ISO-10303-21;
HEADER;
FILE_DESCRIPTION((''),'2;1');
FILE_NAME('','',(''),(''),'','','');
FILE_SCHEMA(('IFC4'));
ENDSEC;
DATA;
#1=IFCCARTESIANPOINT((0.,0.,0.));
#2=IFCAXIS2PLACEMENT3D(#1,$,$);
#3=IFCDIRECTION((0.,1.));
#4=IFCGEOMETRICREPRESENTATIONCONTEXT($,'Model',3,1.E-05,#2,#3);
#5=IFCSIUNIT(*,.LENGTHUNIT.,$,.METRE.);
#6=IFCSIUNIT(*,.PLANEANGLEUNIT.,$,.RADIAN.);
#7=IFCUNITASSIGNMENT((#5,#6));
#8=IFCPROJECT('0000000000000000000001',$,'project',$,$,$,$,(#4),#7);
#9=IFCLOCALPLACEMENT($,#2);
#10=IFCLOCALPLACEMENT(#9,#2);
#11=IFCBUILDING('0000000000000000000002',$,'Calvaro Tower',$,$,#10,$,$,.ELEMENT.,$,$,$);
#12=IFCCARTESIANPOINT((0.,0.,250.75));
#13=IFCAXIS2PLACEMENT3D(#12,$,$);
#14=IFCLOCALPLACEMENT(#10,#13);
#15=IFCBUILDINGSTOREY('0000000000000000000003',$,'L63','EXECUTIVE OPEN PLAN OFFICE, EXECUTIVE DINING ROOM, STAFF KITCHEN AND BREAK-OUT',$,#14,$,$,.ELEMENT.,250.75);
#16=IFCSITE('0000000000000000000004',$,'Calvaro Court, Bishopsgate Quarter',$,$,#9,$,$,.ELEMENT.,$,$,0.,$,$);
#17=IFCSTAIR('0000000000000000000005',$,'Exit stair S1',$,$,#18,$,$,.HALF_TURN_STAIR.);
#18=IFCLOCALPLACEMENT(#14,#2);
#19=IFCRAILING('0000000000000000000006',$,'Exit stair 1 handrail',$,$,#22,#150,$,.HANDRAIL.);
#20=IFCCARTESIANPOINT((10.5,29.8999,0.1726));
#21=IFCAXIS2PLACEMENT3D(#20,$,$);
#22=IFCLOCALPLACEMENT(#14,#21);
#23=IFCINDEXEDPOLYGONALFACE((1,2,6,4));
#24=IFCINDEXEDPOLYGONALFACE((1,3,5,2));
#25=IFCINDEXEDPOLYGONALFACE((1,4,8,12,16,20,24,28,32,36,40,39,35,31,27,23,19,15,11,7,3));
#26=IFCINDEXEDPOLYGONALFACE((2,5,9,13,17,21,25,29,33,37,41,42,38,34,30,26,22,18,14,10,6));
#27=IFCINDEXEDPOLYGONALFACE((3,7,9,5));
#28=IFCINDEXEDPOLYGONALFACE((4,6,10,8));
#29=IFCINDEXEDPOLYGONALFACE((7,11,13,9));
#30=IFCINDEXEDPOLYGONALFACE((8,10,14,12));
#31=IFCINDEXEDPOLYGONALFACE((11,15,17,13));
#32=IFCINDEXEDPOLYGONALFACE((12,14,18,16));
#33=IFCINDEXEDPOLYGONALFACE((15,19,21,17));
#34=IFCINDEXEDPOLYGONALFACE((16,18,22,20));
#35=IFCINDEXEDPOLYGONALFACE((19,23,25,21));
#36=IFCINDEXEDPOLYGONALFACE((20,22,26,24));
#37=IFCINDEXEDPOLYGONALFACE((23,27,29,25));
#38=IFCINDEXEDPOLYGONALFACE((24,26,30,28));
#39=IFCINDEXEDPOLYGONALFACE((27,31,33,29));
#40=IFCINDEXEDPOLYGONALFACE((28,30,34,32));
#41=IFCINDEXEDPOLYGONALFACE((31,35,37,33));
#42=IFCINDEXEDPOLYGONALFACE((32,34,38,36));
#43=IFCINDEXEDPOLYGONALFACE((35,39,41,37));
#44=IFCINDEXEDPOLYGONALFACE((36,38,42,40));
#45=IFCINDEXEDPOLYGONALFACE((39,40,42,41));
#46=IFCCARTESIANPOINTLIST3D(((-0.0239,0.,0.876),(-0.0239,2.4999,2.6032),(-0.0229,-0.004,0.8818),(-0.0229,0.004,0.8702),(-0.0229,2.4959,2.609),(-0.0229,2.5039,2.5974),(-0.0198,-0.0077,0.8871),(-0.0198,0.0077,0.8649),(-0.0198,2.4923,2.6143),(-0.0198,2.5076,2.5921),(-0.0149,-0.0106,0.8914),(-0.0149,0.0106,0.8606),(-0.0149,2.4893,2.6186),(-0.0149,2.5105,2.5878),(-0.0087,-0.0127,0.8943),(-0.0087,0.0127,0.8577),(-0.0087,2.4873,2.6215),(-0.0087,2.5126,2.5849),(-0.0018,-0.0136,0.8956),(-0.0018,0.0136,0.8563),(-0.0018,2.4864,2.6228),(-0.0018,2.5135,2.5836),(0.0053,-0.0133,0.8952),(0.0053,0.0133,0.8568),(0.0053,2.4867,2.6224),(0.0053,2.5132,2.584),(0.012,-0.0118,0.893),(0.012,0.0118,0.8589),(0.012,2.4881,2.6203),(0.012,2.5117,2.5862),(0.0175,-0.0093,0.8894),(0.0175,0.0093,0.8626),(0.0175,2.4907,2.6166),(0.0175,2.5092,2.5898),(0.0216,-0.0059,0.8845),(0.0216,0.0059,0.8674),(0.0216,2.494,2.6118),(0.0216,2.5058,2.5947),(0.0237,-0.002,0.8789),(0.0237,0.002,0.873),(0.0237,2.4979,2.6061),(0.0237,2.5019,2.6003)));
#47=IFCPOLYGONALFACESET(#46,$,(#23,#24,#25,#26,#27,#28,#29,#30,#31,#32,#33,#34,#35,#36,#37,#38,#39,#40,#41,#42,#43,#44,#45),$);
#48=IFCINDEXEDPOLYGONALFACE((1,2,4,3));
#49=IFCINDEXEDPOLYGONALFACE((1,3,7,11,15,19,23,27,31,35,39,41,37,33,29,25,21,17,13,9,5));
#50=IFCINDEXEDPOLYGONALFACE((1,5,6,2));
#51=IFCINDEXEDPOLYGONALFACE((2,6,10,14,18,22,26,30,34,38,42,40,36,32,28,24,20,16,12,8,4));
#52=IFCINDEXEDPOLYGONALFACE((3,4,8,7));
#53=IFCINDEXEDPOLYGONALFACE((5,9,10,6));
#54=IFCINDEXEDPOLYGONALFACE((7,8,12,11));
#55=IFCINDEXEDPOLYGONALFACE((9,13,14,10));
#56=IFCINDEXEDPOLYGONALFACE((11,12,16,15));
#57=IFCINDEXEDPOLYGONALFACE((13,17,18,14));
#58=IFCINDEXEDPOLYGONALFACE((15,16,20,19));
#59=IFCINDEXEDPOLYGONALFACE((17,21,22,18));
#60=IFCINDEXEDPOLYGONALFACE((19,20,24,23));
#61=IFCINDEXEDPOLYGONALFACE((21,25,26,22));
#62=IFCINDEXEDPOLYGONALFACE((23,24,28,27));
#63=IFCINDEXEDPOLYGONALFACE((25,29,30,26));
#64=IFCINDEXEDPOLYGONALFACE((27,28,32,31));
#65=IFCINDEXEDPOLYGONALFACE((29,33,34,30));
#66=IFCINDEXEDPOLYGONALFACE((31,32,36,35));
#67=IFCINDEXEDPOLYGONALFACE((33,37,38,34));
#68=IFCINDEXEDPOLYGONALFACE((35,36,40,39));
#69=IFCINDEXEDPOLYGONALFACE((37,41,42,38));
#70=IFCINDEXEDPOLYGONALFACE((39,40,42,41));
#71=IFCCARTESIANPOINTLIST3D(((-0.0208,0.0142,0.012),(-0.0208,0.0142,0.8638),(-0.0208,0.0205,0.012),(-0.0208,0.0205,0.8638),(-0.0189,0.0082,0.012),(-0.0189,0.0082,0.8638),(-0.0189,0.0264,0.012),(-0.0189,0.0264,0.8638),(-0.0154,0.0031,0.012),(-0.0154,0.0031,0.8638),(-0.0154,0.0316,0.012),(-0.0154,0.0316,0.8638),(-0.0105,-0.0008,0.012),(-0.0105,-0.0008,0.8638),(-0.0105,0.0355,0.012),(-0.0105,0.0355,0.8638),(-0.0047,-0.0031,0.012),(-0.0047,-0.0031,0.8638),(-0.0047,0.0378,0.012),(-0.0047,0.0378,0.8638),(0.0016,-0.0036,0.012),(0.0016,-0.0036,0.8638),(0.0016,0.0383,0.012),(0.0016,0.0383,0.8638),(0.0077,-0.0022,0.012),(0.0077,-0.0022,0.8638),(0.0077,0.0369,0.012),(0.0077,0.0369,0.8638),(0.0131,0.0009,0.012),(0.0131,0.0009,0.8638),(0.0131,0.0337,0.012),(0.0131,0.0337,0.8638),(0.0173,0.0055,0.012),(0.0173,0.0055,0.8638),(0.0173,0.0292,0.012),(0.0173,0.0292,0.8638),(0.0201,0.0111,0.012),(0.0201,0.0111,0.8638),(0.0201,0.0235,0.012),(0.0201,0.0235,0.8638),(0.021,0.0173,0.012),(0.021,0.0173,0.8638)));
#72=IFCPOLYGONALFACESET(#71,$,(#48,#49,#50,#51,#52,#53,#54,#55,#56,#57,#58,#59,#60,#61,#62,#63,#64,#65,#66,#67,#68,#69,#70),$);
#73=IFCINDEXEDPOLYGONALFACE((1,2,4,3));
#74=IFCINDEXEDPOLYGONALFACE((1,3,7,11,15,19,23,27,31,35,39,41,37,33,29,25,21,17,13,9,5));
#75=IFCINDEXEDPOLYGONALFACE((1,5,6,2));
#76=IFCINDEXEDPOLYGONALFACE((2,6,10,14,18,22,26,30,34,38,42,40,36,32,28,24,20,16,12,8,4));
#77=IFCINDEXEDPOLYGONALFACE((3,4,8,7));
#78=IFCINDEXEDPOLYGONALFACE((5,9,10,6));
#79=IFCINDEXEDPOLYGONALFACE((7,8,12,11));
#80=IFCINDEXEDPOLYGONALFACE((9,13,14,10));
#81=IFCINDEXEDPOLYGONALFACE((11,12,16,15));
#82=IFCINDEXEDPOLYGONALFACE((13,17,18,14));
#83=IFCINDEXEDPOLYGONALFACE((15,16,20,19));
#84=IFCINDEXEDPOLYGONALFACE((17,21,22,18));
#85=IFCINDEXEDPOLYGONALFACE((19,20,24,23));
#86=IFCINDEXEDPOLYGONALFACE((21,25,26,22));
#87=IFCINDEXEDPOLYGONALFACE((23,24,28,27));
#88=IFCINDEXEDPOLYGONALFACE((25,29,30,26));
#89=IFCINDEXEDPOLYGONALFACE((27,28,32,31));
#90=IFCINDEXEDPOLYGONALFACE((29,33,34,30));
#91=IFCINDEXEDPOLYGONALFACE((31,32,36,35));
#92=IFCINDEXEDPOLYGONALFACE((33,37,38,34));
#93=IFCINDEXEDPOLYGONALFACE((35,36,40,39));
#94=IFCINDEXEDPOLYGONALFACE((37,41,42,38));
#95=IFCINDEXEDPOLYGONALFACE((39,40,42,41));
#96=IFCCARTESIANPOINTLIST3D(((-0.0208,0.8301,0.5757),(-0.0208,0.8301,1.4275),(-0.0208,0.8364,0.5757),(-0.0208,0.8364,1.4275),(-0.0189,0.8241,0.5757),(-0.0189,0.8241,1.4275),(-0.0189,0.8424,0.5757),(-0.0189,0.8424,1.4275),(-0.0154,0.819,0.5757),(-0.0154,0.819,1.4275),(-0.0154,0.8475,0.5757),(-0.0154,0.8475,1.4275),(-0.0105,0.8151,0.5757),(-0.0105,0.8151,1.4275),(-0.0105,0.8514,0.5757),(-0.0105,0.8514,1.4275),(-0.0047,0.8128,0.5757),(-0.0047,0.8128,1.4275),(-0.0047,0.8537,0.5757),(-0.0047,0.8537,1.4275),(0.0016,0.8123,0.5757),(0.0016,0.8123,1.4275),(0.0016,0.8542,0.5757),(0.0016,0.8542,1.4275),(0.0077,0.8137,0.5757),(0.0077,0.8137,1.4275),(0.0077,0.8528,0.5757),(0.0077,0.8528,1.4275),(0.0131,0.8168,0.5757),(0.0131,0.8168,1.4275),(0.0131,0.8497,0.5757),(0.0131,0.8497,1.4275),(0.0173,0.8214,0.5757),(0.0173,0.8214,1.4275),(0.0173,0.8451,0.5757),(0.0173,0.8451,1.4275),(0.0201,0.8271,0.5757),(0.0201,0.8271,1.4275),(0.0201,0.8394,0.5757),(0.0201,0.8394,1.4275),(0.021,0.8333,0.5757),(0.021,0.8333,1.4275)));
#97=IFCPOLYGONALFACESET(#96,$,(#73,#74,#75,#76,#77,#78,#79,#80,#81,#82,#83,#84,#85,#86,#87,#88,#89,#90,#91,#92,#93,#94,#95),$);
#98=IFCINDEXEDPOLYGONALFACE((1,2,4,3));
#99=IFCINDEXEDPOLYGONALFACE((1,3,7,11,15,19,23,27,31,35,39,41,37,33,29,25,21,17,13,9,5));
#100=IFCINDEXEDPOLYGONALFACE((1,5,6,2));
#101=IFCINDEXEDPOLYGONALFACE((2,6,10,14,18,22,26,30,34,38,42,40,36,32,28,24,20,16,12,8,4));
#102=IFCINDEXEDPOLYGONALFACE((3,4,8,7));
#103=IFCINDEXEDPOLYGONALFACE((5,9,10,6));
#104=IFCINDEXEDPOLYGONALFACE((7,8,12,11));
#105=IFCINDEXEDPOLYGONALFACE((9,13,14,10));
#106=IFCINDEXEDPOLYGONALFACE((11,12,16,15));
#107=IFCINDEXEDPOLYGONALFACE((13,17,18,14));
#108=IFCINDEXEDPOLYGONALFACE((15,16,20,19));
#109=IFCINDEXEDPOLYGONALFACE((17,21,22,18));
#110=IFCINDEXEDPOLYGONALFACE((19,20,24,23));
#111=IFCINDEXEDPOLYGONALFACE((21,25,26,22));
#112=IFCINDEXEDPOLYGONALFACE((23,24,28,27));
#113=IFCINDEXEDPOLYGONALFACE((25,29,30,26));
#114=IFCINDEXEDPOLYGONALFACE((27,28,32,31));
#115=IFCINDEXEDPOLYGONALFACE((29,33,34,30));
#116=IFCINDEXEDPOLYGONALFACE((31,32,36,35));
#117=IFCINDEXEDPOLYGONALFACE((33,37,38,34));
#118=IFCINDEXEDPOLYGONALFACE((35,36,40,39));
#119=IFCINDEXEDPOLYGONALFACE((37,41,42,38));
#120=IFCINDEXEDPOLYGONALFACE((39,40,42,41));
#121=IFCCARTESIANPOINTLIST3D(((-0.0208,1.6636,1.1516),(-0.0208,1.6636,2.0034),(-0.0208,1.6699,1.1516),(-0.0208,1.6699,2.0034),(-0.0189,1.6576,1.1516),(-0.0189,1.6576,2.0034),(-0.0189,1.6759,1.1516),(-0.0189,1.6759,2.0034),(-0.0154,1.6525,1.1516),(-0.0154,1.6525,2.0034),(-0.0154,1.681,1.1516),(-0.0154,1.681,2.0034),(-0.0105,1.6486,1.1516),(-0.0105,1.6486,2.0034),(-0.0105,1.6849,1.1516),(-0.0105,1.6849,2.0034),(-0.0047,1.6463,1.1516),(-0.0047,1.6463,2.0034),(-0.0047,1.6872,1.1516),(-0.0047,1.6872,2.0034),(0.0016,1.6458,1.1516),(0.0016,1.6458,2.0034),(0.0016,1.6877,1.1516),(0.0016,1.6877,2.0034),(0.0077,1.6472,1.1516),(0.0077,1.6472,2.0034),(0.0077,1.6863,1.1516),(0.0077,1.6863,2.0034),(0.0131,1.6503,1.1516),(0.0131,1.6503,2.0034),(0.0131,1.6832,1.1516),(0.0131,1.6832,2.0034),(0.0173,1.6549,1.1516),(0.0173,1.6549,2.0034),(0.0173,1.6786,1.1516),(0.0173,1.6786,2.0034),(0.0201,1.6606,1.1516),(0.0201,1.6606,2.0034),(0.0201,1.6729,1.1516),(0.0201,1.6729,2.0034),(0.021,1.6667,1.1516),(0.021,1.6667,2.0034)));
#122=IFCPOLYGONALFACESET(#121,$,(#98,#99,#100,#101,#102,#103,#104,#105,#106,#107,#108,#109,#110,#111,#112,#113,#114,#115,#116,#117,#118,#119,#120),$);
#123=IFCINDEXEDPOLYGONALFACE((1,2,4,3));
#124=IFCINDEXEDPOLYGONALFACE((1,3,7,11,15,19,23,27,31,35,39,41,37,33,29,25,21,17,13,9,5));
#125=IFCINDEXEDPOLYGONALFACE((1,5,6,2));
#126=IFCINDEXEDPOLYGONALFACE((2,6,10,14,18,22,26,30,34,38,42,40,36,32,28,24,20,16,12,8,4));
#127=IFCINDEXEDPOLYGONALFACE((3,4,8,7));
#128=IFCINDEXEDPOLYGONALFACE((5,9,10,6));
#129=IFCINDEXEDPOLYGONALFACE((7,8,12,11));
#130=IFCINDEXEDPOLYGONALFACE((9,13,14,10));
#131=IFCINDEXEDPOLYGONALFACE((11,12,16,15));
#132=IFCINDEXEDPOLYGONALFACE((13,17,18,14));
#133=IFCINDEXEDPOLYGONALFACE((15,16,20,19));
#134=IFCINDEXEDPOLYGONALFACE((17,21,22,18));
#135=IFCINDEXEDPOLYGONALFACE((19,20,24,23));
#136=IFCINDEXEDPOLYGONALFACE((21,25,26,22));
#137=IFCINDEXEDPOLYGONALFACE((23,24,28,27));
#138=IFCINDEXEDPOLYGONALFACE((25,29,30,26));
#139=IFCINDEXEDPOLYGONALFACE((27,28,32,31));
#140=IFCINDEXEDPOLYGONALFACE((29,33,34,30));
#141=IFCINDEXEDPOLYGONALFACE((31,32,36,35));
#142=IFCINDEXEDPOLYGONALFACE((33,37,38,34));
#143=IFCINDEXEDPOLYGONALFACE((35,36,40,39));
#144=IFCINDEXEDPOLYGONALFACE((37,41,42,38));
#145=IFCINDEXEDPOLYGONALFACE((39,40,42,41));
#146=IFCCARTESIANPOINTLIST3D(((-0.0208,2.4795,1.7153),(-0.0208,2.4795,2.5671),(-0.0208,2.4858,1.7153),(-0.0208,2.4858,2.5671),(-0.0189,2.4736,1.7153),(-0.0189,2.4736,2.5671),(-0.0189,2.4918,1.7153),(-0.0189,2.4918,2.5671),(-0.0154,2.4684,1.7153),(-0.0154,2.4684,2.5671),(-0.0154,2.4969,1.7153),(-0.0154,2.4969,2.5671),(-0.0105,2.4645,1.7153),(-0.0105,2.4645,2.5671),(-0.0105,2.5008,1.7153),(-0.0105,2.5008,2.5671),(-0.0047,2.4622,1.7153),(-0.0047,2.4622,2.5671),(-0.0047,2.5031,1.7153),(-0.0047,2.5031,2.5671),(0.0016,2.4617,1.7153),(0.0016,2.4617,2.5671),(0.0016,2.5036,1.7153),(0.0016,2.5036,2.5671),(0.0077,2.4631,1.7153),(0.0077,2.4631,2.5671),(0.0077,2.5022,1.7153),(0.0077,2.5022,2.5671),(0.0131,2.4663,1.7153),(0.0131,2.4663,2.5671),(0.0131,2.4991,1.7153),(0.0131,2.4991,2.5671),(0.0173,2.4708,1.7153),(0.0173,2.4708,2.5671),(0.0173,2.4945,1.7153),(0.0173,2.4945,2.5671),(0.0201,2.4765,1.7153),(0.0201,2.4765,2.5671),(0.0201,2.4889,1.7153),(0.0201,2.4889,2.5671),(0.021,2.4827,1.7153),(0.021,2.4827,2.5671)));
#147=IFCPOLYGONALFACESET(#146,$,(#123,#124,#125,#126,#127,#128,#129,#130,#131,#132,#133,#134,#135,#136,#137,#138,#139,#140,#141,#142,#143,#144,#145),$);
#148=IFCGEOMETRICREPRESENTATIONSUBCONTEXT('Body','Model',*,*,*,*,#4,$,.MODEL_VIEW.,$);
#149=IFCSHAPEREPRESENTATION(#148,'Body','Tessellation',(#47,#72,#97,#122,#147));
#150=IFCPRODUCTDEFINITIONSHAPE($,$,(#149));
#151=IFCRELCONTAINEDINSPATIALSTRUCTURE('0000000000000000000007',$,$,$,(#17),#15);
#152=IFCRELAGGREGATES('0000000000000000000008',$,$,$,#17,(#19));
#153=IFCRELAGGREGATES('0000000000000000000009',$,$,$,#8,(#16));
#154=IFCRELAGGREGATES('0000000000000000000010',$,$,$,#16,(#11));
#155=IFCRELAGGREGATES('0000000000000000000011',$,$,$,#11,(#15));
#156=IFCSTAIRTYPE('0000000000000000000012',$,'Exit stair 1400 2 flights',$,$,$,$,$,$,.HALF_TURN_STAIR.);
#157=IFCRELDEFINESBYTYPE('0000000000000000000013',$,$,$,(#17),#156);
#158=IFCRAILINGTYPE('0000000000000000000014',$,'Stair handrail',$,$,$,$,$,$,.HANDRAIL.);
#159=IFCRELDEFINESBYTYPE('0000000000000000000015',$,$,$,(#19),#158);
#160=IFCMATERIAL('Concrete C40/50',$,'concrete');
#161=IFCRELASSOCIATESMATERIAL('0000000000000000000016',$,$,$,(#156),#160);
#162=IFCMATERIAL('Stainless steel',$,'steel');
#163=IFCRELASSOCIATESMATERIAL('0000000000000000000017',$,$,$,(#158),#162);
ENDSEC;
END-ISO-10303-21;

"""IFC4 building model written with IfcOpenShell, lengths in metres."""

from ifc_helpers import new_model, si_unit, direction, frame, origin, origin_2d, place, context, subcontext, project, spatial, circle, extrude, material, type_object, element, aggregate, save


model = new_model("IFC4")

# Units and contexts
model_context = context("Model", 3, precision=1e-05, world=origin(), true_north=direction((0.0, 1.0)))
body_context = subcontext(model_context, "Body", "Model", "MODEL_VIEW")
ifc_project = project(units=[si_unit("LENGTHUNIT", "METRE"), si_unit("PLANEANGLEUNIT", "RADIAN")], contexts=[model_context])

# Site, building, storey
site_placement = place(None, origin())
site = spatial("IfcSite", under=ifc_project, at=site_placement, Name="Calvaro Court, Bishopsgate Quarter", CompositionType="ELEMENT", RefElevation=0.0)
building_placement = place(site_placement, origin())
building = spatial("IfcBuilding", under=site, at=building_placement, Name="Calvaro Tower", CompositionType="ELEMENT")
storey_placement = place(building_placement, frame((0.0, 0.0, 250.75)))
storey = spatial("IfcBuildingStorey", under=building, at=storey_placement, Name="L63", Description="EXECUTIVE OPEN PLAN OFFICE, EXECUTIVE DINING ROOM, STAFF KITCHEN AND BREAK-OUT", CompositionType="ELEMENT", Elevation=250.75)

# Stair, railing
ifc_material_1 = material(Name="Concrete C40/50", Category="concrete")
stair_type = type_object("IfcStairType", Name="Exit stair 1400 2 flights", PredefinedType="HALF_TURN_STAIR", material=ifc_material_1)
stair_placement = place(storey_placement, origin())
stair = element("IfcStair", 1, at=stair_placement, inside=storey, type_object=stair_type, Name="Exit stair S1", PredefinedType="HALF_TURN_STAIR")
ifc_material_2 = material(Name="Stainless steel", Category="steel")
railing_type = type_object("IfcRailingType", Name="Stair handrail", PredefinedType="HANDRAIL", material=ifc_material_2)
railing_1_placement = place(storey_placement, frame((10.5, 29.8999, 0.1726)))
railing_1 = element("IfcRailing", 2, at=railing_1_placement, type_object=railing_type, Name="Exit stair 1 handrail", PredefinedType="HANDRAIL", context=body_context, shape_type="SweptSolid", body=[
    extrude(circle(Radius=0.0239, at=origin_2d()), frame((0.0, 0.0, 0.876), z_axis=(0.0, 0.822727, 0.568437), x_axis=(-1.0, 0.0, 0.0)), (0.0, 0.0, 1.0), 3.0386),
    extrude(circle(Radius=0.021, at=origin_2d()), frame((0.0, 0.0173, 0.012)), (0.0, 0.0, 1.0), 0.8518),
    extrude(circle(Radius=0.021, at=origin_2d()), frame((0.0, 0.8333, 0.5757)), (0.0, 0.0, 1.0), 0.8518),
    extrude(circle(Radius=0.021, at=origin_2d()), frame((0.0, 1.6667, 1.1516)), (0.0, 0.0, 1.0), 0.8518),
    extrude(circle(Radius=0.021, at=origin_2d()), frame((0.0, 2.4827, 1.7153)), (0.0, 0.0, 1.0), 0.8518),
])
aggregate(stair, [railing_1])

save(model, "model.ifc")
